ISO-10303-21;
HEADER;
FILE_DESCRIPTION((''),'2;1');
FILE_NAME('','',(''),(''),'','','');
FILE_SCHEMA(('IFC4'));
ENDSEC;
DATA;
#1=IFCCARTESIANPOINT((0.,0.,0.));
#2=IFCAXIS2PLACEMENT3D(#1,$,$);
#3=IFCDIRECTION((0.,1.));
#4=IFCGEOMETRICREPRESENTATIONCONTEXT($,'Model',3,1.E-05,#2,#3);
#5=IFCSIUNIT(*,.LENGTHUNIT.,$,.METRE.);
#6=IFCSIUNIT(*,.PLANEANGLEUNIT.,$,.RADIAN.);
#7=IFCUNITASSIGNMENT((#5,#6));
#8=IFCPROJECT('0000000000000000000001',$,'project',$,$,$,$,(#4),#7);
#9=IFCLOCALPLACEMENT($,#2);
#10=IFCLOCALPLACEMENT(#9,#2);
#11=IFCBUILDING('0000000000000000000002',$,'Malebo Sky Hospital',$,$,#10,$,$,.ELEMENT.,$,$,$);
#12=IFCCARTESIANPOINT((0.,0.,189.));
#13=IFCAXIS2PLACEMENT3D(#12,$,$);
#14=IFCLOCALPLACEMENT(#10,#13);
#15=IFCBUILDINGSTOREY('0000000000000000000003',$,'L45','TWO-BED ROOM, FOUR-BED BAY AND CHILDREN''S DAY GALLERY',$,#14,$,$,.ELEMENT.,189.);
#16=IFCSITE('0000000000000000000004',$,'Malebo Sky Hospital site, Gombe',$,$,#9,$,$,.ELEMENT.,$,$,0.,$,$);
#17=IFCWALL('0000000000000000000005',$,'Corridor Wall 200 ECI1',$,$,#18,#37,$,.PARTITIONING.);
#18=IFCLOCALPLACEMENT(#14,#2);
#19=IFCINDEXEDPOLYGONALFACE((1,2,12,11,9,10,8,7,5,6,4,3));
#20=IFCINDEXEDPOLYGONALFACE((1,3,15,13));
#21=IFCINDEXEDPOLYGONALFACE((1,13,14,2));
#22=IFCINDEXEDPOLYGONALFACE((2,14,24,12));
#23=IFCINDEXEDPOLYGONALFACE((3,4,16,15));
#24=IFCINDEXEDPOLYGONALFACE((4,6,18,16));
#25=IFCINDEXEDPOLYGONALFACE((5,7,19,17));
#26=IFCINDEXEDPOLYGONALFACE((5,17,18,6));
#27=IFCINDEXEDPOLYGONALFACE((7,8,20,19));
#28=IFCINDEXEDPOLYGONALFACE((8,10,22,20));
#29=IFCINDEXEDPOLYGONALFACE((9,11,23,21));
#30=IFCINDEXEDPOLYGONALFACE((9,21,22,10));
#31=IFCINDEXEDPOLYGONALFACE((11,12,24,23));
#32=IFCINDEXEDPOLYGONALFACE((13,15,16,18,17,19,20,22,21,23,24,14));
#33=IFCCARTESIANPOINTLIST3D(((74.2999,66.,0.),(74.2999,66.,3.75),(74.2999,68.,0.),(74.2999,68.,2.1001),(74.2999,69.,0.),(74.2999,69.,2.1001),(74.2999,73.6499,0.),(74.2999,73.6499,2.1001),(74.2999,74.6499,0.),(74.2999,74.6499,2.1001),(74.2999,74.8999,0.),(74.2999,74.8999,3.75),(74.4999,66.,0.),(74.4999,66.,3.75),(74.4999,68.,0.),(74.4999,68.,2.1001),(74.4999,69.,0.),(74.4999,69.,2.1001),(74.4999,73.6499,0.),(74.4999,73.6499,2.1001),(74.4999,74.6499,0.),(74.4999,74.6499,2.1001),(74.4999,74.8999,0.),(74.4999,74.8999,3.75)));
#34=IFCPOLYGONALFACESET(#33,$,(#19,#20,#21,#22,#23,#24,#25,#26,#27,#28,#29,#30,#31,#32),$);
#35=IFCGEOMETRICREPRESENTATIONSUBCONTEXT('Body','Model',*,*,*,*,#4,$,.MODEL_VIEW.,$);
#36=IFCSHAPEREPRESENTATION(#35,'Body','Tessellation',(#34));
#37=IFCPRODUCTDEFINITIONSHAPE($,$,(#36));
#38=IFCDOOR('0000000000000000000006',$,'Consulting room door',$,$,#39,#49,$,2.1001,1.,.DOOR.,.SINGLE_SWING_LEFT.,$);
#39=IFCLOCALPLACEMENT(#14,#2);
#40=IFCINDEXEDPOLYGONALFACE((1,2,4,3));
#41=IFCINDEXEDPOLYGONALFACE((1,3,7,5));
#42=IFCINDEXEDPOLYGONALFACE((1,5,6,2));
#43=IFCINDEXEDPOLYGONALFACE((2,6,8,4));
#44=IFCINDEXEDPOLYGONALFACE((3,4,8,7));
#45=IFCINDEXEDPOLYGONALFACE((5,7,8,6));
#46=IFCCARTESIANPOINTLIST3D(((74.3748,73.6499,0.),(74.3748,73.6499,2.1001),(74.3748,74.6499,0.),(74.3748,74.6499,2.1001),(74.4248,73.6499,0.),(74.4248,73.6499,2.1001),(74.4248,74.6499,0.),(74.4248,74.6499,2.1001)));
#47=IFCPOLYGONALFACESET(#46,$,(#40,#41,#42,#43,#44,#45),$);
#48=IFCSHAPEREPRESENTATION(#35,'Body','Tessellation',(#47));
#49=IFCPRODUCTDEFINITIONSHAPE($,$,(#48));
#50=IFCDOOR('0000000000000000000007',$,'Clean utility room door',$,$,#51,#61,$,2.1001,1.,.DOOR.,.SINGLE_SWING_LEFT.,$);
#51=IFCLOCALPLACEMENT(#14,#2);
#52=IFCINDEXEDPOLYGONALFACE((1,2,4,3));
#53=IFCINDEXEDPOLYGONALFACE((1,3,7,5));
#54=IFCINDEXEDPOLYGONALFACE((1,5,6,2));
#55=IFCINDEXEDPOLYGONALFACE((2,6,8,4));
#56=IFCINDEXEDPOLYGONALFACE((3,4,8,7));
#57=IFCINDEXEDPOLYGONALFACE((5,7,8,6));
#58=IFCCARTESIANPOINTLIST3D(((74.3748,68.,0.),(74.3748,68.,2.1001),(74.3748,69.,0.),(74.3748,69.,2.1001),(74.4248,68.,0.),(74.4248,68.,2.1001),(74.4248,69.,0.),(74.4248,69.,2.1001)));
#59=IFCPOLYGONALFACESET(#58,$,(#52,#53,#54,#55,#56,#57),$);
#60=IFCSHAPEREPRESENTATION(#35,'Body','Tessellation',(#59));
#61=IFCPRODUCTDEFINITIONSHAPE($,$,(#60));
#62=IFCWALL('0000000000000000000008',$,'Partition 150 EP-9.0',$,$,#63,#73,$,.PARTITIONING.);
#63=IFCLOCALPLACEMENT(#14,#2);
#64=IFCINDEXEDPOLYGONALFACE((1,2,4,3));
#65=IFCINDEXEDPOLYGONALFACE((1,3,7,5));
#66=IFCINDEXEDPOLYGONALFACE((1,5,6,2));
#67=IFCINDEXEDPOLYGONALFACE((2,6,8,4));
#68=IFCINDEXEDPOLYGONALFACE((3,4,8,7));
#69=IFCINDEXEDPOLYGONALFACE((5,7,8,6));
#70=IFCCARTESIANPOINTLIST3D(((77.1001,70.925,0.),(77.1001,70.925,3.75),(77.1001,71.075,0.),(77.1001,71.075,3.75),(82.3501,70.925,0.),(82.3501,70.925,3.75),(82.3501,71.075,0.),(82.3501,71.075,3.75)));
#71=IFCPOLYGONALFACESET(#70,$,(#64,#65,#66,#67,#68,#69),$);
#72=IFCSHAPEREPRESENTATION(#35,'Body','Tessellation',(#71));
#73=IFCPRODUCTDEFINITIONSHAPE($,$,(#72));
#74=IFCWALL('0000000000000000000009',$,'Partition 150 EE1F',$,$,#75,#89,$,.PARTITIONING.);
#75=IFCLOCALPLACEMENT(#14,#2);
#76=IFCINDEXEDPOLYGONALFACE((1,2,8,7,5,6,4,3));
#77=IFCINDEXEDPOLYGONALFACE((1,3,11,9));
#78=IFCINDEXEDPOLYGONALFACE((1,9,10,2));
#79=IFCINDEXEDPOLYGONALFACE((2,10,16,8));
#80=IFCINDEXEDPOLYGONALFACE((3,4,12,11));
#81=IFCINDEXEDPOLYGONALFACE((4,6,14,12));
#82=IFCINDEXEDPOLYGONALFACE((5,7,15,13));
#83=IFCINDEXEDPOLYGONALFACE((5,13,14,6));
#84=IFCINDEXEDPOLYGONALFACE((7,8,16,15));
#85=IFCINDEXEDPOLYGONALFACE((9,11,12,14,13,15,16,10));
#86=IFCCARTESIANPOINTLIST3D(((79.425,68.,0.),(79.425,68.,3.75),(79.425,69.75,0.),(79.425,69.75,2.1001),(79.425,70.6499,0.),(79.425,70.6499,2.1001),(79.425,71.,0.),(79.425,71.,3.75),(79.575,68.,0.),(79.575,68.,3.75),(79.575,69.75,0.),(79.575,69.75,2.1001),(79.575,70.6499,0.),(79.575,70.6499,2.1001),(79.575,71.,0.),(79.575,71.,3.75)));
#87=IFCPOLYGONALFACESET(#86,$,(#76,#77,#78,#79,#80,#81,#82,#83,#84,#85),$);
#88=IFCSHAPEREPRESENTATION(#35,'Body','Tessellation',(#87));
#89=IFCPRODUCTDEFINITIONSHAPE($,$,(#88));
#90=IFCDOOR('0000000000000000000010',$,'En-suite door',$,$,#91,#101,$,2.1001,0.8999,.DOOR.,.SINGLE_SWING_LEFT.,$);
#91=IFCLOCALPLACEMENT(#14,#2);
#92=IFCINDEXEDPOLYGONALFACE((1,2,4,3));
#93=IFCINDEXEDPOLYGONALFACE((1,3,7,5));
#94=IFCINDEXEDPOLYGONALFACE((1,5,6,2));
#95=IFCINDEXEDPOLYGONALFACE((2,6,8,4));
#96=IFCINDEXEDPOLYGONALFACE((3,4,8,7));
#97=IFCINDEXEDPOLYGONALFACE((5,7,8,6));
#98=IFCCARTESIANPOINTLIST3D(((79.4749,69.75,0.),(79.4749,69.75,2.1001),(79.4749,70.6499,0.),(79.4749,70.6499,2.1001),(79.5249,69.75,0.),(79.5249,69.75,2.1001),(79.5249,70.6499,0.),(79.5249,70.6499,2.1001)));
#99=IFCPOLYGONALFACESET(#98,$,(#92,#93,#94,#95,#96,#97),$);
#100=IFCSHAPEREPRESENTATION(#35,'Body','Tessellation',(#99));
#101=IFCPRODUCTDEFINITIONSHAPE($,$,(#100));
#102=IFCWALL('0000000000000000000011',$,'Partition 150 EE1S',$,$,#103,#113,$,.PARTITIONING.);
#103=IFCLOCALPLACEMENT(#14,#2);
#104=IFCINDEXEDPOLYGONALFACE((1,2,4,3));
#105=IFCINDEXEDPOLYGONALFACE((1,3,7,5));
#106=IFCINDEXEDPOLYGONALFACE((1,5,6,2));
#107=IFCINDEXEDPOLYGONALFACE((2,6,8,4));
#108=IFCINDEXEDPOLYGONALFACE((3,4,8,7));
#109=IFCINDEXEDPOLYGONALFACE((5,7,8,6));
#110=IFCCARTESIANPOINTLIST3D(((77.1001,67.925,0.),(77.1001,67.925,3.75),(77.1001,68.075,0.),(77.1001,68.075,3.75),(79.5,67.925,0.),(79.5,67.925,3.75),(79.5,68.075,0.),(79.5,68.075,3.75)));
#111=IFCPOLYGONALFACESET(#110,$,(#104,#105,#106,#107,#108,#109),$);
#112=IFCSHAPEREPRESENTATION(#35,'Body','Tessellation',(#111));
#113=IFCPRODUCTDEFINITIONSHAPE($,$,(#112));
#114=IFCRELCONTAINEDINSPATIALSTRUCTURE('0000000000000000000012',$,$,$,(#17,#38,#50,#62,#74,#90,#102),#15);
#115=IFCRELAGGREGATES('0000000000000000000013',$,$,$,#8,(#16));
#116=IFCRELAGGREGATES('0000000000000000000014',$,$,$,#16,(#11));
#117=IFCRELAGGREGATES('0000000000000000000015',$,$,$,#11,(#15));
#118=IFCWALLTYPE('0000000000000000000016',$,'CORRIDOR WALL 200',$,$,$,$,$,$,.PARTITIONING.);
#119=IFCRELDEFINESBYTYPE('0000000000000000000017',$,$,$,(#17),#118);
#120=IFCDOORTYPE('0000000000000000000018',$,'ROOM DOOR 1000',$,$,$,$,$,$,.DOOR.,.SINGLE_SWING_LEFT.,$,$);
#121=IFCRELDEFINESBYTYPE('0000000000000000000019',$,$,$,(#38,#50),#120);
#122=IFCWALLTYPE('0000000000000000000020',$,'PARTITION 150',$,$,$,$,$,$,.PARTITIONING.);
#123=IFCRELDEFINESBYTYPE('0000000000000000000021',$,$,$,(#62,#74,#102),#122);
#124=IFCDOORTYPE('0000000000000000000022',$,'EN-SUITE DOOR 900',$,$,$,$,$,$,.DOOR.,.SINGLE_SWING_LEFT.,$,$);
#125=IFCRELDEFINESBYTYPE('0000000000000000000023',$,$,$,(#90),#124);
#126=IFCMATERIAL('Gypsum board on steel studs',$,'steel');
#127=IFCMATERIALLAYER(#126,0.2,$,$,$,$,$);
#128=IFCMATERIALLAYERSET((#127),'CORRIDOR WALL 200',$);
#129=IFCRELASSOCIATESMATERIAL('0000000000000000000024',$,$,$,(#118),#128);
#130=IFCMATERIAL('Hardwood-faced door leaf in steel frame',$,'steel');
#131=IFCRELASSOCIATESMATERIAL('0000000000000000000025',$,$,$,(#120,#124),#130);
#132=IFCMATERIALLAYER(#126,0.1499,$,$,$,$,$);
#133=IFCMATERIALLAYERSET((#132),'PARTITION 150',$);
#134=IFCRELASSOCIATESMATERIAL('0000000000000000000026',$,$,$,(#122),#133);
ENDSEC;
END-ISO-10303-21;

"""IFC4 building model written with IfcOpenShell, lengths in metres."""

from ifc_helpers import new_model, si_unit, direction, frame, frame_2d, origin, place, context, subcontext, project, spatial, rectangle, extrude, material, layer, layer_set, type_object, element, fill, save


model = new_model("IFC4")

# Units and contexts
model_context = context("Model", 3, precision=1e-05, world=origin(), true_north=direction((0.0, 1.0)))
body_context = subcontext(model_context, "Body", "Model", "MODEL_VIEW")
ifc_project = project(units=[si_unit("LENGTHUNIT", "METRE"), si_unit("PLANEANGLEUNIT", "RADIAN")], contexts=[model_context])

# Site, building, storey
site_placement = place(None, origin())
site = spatial("IfcSite", under=ifc_project, at=site_placement, Name="Malebo Sky Hospital site, Gombe", CompositionType="ELEMENT", RefElevation=0.0)
building_placement = place(site_placement, origin())
building = spatial("IfcBuilding", under=site, at=building_placement, Name="Malebo Sky Hospital", CompositionType="ELEMENT")
storey_placement = place(building_placement, frame((0.0, 0.0, 189.0)))
storey = spatial("IfcBuildingStorey", under=building, at=storey_placement, Name="L45", Description="TWO-BED ROOM, FOUR-BED BAY AND CHILDREN'S DAY GALLERY", CompositionType="ELEMENT", Elevation=189.0)

# Wall, openings, doors
ifc_material_1 = material(Name="Gypsum board on steel studs", Category="steel")
ifc_layer_1 = layer(ifc_material_1, 0.2)
ifc_layer_set_1 = layer_set([ifc_layer_1], Name="CORRIDOR WALL 200")
wall_type_1 = type_object("IfcWallType", Name="CORRIDOR WALL 200", PredefinedType="PARTITIONING", material=ifc_layer_set_1)
wall_1_placement = place(storey_placement, frame((74.3999, 74.8999, 0.0), z_axis=(0.0, 0.0, 1.0), x_axis=(0.0, -1.0, 0.0)))
wall_1 = element("IfcWall", 1, at=wall_1_placement, inside=storey, type_object=wall_type_1, Name="Corridor Wall 200 ECI1", PredefinedType="PARTITIONING", context=body_context, shape_type="SweptSolid", body=[
    extrude(rectangle(XDim=8.8999, YDim=0.2, at=frame_2d((4.45, 0.0))), origin(), (0.0, 0.0, 1.0), 3.75),
])
opening_1_placement = place(wall_1_placement, frame((0.25, 0.0, 0.0)))
opening_1 = element("IfcOpeningElement", 2, at=opening_1_placement, cuts=wall_1, PredefinedType="OPENING", context=body_context, shape_type="SweptSolid", body=[
    extrude(rectangle(XDim=1.0, YDim=2.1001, at=frame_2d((0.5, 1.05))), frame((0.0, 0.1099, 0.0), z_axis=(0.0, -1.0, 0.0), x_axis=(1.0, 0.0, 0.0)), (0.0, 0.0, 1.0), 0.22),
])
opening_2_placement = place(wall_1_placement, frame((5.8999, 0.0, 0.0)))
opening_2 = element("IfcOpeningElement", 3, at=opening_2_placement, cuts=wall_1, PredefinedType="OPENING", context=body_context, shape_type="SweptSolid", body=[
    extrude(rectangle(XDim=1.0, YDim=2.1001, at=frame_2d((0.5, 1.05))), frame((0.0, 0.1099, 0.0), z_axis=(0.0, -1.0, 0.0), x_axis=(1.0, 0.0, 0.0)), (0.0, 0.0, 1.0), 0.22),
])
ifc_material_2 = material(Name="Hardwood-faced door leaf in steel frame", Category="steel")
door_type_1 = type_object("IfcDoorType", Name="ROOM DOOR 1000", OperationType="SINGLE_SWING_LEFT", PredefinedType="DOOR", material=ifc_material_2)
door_1_placement = place(opening_1_placement, origin())
door_1 = element("IfcDoor", 4, at=door_1_placement, inside=storey, type_object=door_type_1, Name="Consulting room door", OperationType="SINGLE_SWING_LEFT", OverallHeight=2.1001, OverallWidth=1.0, PredefinedType="DOOR", context=body_context, shape_type="SweptSolid", body=[
    extrude(rectangle(XDim=1.0, YDim=2.1001, at=frame_2d((0.5, 1.05))), frame((0.0, 0.0249, 0.0), z_axis=(0.0, -1.0, 0.0), x_axis=(1.0, 0.0, 0.0)), (0.0, 0.0, 1.0), 0.05),
])
fill(opening_1, door_1)
door_2_placement = place(opening_2_placement, origin())
door_2 = element("IfcDoor", 5, at=door_2_placement, inside=storey, type_object=door_type_1, Name="Clean utility room door", OperationType="SINGLE_SWING_LEFT", OverallHeight=2.1001, OverallWidth=1.0, PredefinedType="DOOR", context=body_context, shape_type="SweptSolid", body=[
    extrude(rectangle(XDim=1.0, YDim=2.1001, at=frame_2d((0.5, 1.05))), frame((0.0, 0.0249, 0.0), z_axis=(0.0, -1.0, 0.0), x_axis=(1.0, 0.0, 0.0)), (0.0, 0.0, 1.0), 0.05),
])
fill(opening_2, door_2)

# Wall
ifc_layer_2 = layer(ifc_material_1, 0.1499)
ifc_layer_set_2 = layer_set([ifc_layer_2], Name="PARTITION 150")
wall_type_2 = type_object("IfcWallType", Name="PARTITION 150", PredefinedType="PARTITIONING", material=ifc_layer_set_2)
wall_2_placement = place(storey_placement, frame((77.1001, 71.0, 0.0), z_axis=(0.0, 0.0, 1.0), x_axis=(1.0, 0.0, 0.0)))
element("IfcWall", 6, at=wall_2_placement, inside=storey, type_object=wall_type_2, Name="Partition 150 EP-9.0", PredefinedType="PARTITIONING", context=body_context, shape_type="SweptSolid", body=[
    extrude(rectangle(XDim=5.25, YDim=0.1499, at=frame_2d((2.625, 0.0))), origin(), (0.0, 0.0, 1.0), 3.75),
])

# Wall, opening, door
wall_3_placement = place(storey_placement, frame((79.5, 71.0, 0.0), z_axis=(0.0, 0.0, 1.0), x_axis=(0.0, -1.0, 0.0)))
wall_3 = element("IfcWall", 7, at=wall_3_placement, inside=storey, type_object=wall_type_2, Name="Partition 150 EE1F", PredefinedType="PARTITIONING", context=body_context, shape_type="SweptSolid", body=[
    extrude(rectangle(XDim=3.0, YDim=0.1499, at=frame_2d((1.5, 0.0))), origin(), (0.0, 0.0, 1.0), 3.75),
])
opening_3_placement = place(wall_3_placement, frame((0.3501, 0.0, 0.0)))
opening_3 = element("IfcOpeningElement", 8, at=opening_3_placement, cuts=wall_3, PredefinedType="OPENING", context=body_context, shape_type="SweptSolid", body=[
    extrude(rectangle(XDim=0.8999, YDim=2.1001, at=frame_2d((0.45, 1.05))), frame((0.0, 0.085, 0.0), z_axis=(0.0, -1.0, 0.0), x_axis=(1.0, 0.0, 0.0)), (0.0, 0.0, 1.0), 0.1699),
])
door_type_2 = type_object("IfcDoorType", Name="EN-SUITE DOOR 900", OperationType="SINGLE_SWING_LEFT", PredefinedType="DOOR", material=ifc_material_2)
door_3_placement = place(opening_3_placement, origin())
door_3 = element("IfcDoor", 9, at=door_3_placement, inside=storey, type_object=door_type_2, Name="En-suite door", OperationType="SINGLE_SWING_LEFT", OverallHeight=2.1001, OverallWidth=0.8999, PredefinedType="DOOR", context=body_context, shape_type="SweptSolid", body=[
    extrude(rectangle(XDim=0.8999, YDim=2.1001, at=frame_2d((0.45, 1.05))), frame((0.0, 0.0249, 0.0), z_axis=(0.0, -1.0, 0.0), x_axis=(1.0, 0.0, 0.0)), (0.0, 0.0, 1.0), 0.05),
])
fill(opening_3, door_3)

# Wall
wall_4_placement = place(storey_placement, frame((77.1001, 68.0, 0.0), z_axis=(0.0, 0.0, 1.0), x_axis=(1.0, 0.0, 0.0)))
element("IfcWall", 10, at=wall_4_placement, inside=storey, type_object=wall_type_2, Name="Partition 150 EE1S", PredefinedType="PARTITIONING", context=body_context, shape_type="SweptSolid", body=[
    extrude(rectangle(XDim=2.3999, YDim=0.1499, at=frame_2d((1.2, 0.0))), origin(), (0.0, 0.0, 1.0), 3.75),
])

save(model, "model.ifc")
